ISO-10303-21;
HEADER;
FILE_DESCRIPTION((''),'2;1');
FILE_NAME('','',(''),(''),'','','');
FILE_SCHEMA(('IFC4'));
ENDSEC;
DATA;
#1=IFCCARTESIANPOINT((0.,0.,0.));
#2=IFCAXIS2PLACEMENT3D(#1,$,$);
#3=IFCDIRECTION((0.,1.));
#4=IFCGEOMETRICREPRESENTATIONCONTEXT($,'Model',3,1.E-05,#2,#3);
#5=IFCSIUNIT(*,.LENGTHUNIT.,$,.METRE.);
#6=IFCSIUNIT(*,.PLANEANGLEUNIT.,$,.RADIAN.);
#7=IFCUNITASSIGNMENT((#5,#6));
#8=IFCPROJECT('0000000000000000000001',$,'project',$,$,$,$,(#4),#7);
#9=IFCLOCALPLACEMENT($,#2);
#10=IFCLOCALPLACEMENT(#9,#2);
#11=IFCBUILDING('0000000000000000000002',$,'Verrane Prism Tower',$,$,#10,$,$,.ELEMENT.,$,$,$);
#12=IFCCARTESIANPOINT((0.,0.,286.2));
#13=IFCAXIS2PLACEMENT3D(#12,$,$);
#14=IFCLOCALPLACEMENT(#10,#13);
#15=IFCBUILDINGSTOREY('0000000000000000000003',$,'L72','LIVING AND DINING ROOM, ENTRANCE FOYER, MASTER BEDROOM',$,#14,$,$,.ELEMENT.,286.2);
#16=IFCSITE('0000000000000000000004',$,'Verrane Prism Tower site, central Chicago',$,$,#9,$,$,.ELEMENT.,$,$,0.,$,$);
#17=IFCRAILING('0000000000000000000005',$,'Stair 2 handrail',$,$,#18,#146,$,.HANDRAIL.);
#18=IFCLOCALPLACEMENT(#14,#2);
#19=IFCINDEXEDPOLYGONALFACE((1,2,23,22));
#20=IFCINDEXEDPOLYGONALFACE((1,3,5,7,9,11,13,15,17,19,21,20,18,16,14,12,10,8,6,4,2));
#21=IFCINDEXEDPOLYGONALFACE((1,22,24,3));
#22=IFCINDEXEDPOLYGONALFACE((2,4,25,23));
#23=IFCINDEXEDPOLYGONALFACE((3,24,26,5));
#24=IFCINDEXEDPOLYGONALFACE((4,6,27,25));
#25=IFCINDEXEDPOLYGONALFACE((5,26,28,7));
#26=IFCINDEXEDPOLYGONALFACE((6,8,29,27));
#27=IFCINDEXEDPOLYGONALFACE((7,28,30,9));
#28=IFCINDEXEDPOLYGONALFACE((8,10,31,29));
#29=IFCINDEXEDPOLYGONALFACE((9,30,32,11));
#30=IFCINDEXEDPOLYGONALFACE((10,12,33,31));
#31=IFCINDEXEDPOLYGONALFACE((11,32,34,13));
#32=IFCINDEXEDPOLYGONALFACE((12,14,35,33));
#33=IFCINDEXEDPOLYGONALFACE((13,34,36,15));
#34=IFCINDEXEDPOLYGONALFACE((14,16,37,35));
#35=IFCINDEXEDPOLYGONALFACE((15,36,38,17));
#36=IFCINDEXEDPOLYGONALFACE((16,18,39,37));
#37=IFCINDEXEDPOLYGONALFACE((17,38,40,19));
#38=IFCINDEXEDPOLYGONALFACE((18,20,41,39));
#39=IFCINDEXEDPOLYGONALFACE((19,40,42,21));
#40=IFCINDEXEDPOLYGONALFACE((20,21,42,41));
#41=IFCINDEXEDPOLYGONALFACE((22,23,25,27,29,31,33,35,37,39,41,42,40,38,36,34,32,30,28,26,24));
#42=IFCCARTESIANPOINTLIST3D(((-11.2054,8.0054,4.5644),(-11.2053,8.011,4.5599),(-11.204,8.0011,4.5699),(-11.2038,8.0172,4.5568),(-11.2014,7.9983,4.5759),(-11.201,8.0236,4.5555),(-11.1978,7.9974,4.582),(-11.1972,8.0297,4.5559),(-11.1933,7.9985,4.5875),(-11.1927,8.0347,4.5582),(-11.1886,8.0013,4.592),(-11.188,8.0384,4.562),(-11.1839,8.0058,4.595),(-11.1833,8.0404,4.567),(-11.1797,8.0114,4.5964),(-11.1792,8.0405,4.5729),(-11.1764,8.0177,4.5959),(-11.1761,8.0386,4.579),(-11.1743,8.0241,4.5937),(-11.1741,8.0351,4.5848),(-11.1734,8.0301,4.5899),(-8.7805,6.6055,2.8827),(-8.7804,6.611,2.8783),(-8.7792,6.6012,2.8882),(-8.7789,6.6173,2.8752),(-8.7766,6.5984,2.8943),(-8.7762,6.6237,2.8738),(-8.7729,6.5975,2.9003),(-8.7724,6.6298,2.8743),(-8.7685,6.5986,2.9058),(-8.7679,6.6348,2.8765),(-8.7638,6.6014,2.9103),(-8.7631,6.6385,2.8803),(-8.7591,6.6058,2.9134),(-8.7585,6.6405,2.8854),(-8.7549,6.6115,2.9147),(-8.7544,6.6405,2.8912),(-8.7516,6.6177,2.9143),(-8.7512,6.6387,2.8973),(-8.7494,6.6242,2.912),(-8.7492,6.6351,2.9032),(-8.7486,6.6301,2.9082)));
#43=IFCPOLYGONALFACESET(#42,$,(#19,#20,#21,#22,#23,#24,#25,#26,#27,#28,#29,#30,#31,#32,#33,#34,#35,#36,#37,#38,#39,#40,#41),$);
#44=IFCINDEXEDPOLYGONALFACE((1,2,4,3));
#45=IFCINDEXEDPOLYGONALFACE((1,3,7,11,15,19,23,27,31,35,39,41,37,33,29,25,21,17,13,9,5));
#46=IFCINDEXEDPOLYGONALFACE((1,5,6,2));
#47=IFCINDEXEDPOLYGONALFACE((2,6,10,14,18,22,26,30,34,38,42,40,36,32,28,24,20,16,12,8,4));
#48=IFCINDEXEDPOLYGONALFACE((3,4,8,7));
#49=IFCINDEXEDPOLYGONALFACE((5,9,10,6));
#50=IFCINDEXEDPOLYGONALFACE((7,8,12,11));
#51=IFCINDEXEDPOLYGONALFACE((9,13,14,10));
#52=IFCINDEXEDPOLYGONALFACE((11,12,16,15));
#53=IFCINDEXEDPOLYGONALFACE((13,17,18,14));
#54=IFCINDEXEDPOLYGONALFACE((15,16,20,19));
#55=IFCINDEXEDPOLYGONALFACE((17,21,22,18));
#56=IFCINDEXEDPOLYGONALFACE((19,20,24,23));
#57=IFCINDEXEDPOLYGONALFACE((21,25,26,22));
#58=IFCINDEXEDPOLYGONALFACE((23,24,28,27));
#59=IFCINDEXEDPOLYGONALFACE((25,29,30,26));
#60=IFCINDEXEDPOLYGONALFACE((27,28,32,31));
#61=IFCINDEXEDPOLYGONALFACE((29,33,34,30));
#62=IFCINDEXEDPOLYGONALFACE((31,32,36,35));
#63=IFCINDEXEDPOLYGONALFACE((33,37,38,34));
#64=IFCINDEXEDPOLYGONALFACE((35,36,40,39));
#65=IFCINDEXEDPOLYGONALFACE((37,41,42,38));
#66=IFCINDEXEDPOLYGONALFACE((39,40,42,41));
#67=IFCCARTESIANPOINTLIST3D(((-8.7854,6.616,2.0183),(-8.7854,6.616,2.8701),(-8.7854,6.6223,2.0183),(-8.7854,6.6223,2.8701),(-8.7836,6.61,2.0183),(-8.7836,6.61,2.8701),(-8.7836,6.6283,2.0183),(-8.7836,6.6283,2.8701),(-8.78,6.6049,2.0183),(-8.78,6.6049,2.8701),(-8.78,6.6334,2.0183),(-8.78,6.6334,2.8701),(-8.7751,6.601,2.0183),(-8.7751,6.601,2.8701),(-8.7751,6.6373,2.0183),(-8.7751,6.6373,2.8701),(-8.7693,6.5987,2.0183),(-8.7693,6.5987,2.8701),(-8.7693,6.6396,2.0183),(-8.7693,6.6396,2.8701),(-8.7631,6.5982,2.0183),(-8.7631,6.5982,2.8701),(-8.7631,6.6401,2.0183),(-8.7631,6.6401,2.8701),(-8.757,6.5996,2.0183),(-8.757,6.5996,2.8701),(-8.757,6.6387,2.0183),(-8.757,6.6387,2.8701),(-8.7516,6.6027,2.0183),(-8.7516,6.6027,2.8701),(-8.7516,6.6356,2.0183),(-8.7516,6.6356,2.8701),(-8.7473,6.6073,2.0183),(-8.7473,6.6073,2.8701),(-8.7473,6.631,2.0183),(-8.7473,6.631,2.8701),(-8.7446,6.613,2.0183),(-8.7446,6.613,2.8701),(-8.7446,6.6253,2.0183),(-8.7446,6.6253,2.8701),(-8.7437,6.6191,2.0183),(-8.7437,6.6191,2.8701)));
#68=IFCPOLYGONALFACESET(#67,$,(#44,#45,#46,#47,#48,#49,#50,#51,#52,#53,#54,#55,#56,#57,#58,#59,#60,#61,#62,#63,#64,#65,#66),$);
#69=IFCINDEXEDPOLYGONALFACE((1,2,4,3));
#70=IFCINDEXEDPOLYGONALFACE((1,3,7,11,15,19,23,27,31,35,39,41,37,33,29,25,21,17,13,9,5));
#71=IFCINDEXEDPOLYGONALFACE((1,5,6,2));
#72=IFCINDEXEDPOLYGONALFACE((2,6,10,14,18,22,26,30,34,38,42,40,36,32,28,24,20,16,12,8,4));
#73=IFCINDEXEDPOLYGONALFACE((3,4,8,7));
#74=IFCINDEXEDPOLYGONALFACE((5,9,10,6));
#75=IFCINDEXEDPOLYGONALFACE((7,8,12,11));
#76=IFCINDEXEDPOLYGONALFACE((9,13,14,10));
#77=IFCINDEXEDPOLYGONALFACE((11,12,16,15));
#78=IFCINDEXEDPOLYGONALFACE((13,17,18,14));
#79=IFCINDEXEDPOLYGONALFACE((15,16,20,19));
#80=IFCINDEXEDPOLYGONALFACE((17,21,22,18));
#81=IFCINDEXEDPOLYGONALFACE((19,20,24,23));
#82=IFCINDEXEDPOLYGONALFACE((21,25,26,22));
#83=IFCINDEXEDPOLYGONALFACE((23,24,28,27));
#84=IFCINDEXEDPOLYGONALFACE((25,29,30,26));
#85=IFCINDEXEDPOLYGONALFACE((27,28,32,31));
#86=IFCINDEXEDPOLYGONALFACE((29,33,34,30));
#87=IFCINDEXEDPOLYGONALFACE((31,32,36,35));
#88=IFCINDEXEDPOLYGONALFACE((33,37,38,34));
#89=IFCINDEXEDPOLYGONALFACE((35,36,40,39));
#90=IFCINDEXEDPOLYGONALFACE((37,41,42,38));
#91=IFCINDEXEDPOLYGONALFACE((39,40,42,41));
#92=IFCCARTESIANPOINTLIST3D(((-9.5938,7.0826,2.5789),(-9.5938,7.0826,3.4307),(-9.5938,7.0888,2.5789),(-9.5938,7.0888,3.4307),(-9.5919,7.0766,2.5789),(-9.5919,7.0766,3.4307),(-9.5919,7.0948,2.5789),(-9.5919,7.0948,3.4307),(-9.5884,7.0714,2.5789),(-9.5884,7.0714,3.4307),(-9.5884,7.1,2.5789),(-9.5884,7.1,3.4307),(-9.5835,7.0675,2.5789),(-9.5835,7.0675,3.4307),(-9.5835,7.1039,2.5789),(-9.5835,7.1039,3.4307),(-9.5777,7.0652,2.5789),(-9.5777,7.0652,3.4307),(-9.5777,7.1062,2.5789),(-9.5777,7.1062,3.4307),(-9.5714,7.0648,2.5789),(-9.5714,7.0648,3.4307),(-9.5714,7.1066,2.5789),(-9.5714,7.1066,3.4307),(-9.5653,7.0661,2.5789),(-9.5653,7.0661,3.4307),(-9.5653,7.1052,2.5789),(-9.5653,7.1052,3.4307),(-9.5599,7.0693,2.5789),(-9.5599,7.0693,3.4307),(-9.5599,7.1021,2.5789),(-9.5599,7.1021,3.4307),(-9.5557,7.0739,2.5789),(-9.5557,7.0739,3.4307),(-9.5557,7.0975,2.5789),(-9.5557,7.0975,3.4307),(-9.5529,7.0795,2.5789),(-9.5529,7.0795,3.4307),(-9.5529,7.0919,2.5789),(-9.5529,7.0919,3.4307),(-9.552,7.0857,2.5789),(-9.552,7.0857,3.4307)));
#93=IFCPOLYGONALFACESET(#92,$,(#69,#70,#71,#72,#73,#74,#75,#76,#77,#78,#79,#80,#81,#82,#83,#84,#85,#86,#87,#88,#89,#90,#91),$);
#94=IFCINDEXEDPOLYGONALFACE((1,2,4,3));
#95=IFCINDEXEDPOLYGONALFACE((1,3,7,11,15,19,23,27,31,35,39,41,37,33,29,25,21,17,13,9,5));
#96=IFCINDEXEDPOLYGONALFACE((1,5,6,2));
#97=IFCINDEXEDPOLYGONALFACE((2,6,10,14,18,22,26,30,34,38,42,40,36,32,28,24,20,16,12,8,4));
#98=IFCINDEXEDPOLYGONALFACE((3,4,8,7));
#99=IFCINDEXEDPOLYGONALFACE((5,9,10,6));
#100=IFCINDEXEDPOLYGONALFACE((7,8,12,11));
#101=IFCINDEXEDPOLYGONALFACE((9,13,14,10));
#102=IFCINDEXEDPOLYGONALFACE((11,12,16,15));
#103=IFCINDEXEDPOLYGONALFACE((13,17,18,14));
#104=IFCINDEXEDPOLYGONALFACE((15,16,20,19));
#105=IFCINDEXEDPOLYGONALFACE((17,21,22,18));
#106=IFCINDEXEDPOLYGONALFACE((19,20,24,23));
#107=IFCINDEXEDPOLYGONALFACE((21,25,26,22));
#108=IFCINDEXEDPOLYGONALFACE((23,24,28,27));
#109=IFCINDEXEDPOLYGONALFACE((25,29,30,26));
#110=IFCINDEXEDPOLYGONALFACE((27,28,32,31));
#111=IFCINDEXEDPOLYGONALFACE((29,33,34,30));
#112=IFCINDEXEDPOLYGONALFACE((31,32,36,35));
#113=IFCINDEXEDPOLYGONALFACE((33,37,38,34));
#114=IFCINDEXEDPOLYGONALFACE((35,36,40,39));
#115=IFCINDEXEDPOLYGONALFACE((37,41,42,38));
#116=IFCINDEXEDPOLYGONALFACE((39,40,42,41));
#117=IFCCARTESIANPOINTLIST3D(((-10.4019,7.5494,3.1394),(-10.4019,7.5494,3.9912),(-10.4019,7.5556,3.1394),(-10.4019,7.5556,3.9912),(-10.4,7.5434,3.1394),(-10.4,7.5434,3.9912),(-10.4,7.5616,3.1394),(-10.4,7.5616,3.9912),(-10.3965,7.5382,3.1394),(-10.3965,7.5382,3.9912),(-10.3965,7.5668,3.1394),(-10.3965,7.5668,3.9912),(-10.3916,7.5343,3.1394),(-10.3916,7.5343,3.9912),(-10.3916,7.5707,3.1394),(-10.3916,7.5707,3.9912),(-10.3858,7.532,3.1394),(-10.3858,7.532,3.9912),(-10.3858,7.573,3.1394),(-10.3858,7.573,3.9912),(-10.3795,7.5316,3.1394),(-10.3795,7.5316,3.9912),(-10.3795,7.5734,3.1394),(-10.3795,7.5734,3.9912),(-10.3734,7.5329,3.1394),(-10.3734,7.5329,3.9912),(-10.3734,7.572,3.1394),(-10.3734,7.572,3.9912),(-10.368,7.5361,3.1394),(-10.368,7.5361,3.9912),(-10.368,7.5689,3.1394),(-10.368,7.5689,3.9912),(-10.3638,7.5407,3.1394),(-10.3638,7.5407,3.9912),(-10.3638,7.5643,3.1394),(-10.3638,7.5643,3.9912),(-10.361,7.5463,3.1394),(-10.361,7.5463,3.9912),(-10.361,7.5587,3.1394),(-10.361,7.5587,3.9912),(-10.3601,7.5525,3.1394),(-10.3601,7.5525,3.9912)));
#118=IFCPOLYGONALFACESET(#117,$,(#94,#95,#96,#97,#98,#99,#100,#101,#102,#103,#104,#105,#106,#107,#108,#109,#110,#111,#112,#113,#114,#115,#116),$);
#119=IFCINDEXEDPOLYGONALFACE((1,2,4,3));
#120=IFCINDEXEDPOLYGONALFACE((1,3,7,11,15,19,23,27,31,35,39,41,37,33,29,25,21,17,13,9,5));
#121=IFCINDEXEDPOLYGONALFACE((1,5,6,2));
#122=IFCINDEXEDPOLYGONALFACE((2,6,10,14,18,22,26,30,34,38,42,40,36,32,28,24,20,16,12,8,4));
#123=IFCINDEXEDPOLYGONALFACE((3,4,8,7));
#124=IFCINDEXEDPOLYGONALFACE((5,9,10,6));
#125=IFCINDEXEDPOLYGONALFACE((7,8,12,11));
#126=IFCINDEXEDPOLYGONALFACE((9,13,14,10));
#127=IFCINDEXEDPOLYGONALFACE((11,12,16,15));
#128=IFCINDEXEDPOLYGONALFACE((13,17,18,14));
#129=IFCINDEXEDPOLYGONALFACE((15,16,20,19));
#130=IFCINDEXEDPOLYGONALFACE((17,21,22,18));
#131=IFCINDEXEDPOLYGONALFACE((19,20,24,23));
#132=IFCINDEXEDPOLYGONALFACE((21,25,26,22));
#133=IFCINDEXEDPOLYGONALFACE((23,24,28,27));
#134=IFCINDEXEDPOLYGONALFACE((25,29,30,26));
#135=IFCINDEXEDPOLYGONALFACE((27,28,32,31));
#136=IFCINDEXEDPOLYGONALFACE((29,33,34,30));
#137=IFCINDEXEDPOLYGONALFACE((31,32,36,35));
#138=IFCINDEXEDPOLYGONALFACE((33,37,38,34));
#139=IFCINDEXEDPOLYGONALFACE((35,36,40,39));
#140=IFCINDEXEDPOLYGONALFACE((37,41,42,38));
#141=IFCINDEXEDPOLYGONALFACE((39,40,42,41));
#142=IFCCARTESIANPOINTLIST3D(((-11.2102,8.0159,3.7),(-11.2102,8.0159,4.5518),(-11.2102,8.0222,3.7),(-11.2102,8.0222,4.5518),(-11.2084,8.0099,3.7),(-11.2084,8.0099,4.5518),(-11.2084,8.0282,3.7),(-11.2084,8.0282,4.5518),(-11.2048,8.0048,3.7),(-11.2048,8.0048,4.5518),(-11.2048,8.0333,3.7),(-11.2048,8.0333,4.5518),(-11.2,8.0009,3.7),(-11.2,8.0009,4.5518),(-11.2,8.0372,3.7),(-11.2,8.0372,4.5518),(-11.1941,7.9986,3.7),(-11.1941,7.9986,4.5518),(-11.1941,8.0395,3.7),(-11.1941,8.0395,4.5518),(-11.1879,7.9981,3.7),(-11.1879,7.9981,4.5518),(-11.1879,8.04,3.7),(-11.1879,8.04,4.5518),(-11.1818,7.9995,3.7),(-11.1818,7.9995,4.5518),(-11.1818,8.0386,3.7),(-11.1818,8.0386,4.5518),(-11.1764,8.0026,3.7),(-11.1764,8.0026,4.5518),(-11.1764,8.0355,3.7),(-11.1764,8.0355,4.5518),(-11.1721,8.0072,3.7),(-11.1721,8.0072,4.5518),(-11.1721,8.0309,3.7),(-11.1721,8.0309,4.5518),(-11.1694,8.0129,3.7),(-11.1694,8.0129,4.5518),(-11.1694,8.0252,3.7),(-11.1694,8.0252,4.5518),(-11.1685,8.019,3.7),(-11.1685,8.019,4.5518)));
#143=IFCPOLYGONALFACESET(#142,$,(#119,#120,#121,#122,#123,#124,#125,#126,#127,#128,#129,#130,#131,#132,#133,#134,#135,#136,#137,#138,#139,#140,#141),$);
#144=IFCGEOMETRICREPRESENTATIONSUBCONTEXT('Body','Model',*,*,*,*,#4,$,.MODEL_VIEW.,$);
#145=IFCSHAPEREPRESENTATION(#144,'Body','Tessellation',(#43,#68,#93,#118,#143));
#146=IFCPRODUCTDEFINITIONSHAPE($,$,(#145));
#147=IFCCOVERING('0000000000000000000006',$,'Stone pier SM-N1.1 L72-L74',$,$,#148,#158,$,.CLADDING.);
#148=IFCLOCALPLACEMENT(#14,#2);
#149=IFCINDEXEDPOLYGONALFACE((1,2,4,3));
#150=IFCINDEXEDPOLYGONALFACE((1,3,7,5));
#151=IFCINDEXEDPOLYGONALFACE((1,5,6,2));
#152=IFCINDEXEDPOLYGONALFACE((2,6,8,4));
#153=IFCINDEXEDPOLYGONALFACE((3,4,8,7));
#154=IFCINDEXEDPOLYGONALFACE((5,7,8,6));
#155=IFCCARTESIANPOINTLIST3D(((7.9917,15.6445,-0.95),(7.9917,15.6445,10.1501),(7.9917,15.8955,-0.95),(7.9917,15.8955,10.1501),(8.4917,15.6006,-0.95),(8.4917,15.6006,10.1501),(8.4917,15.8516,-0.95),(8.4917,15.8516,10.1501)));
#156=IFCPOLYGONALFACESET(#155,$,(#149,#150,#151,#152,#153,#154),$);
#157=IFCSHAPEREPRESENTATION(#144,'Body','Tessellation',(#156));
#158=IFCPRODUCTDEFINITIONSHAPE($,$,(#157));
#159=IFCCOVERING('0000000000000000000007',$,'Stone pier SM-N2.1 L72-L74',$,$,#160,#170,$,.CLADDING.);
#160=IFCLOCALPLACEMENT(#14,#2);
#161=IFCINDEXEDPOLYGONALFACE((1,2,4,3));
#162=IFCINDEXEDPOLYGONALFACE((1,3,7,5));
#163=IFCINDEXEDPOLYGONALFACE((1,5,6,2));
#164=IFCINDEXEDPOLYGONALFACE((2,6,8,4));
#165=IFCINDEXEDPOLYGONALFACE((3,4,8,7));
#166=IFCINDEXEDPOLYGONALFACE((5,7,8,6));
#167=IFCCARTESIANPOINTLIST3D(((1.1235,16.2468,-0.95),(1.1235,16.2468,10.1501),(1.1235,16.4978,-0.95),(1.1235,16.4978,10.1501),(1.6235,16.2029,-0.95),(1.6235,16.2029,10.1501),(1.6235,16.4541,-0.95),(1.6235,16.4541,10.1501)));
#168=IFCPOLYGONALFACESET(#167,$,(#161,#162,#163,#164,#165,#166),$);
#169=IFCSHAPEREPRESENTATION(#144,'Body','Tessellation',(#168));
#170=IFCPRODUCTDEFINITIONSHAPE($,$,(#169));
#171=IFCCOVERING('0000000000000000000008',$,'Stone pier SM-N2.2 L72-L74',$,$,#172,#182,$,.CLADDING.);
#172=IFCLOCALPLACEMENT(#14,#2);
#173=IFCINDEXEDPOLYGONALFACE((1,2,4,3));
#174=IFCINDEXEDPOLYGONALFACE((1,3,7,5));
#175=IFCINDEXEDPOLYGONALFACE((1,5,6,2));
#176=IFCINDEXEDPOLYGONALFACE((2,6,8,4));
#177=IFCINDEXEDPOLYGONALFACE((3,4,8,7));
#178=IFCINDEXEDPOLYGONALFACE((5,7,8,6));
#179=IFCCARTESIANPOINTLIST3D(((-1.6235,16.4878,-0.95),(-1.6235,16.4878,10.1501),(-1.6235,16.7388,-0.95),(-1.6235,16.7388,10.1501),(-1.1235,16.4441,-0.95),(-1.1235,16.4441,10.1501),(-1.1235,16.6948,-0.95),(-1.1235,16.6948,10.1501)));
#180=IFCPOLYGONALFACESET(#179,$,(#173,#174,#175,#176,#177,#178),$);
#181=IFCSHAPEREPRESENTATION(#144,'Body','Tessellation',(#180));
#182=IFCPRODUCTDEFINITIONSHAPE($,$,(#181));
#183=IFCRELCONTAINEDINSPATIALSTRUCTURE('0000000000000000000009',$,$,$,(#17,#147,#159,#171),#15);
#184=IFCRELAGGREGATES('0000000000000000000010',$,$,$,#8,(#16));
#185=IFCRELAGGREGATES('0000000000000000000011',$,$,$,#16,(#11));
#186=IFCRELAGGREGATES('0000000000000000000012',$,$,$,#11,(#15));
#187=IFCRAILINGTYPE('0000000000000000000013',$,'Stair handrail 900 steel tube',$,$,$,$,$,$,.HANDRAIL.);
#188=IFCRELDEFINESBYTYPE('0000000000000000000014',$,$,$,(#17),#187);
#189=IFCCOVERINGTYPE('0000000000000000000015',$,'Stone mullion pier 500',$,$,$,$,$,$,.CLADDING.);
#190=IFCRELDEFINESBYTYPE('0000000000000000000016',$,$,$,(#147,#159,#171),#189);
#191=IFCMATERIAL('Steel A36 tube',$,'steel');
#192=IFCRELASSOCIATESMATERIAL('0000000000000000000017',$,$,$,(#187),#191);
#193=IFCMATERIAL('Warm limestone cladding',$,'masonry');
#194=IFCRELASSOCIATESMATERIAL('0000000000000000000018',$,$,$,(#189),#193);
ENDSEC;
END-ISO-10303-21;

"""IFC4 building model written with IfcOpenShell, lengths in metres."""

from ifc_helpers import new_model, si_unit, direction, frame, origin, origin_2d, place, context, subcontext, project, spatial, polyline, circle, outline, extrude, material, type_object, element, save


model = new_model("IFC4")

# Units and contexts
model_context = context("Model", 3, precision=1e-05, world=origin(), true_north=direction((0.0, 1.0)))
body_context = subcontext(model_context, "Body", "Model", "MODEL_VIEW")
ifc_project = project(units=[si_unit("LENGTHUNIT", "METRE"), si_unit("PLANEANGLEUNIT", "RADIAN")], contexts=[model_context])

# Site, building, storey
site_placement = place(None, origin())
site = spatial("IfcSite", under=ifc_project, at=site_placement, Name="Verrane Prism Tower site, central Chicago", CompositionType="ELEMENT", RefElevation=0.0)
building_placement = place(site_placement, origin())
building = spatial("IfcBuilding", under=site, at=building_placement, Name="Verrane Prism Tower", CompositionType="ELEMENT")
storey_placement = place(building_placement, frame((0.0, 0.0, 286.2)))
storey = spatial("IfcBuildingStorey", under=building, at=storey_placement, Name="L72", Description="LIVING AND DINING ROOM, ENTRANCE FOYER, MASTER BEDROOM", CompositionType="ELEMENT", Elevation=286.2)

# Railing
ifc_material_1 = material(Name="Steel A36 tube", Category="steel")
railing_type_1 = type_object("IfcRailingType", Name="Stair handrail 900 steel tube", PredefinedType="HANDRAIL", material=ifc_material_1)
railing_1_placement = place(storey_placement, frame((-8.7646, 6.6191, 2.0183)))
element("IfcRailing", 1, at=railing_1_placement, inside=storey, type_object=railing_type_1, Name="Stair 2 handrail", PredefinedType="HANDRAIL", context=body_context, shape_type="SweptSolid", body=[
    extrude(circle(Radius=0.0239, at=origin_2d()), frame((0.0, 0.0, 0.876), z_axis=(-0.742419, 0.428618, 0.514879), x_axis=(-0.499984, -0.866035, 0.0)), (0.0, 0.0, 1.0), 3.2661),
    extrude(circle(Radius=0.021, at=origin_2d()), origin(), (0.0, 0.0, 1.0), 0.8518),
    extrude(circle(Radius=0.021, at=origin_2d()), frame((-0.8083, 0.4666, 0.5605)), (0.0, 0.0, 1.0), 0.8518),
    extrude(circle(Radius=0.021, at=origin_2d()), frame((-1.6165, 0.9333, 1.1211)), (0.0, 0.0, 1.0), 0.8518),
    extrude(circle(Radius=0.021, at=origin_2d()), frame((-2.4248, 1.3999, 1.6816)), (0.0, 0.0, 1.0), 0.8518),
])

# Coverings
ifc_material_2 = material(Name="Warm limestone cladding", Category="masonry")
covering_type = type_object("IfcCoveringType", Name="Stone mullion pier 500", PredefinedType="CLADDING", material=ifc_material_2)
covering_1_placement = place(storey_placement, frame((0.0, 0.0, -0.95)))
element("IfcCovering", 2, at=covering_1_placement, inside=storey, type_object=covering_type, Name="Stone pier SM-N1.1 L72-L74", PredefinedType="CLADDING", context=body_context, shape_type="SweptSolid", body=[
    extrude(outline(polyline([(7.9917, 15.6445), (8.4917, 15.6006), (8.4917, 15.8516), (7.9917, 15.8955), (7.9917, 15.6445)])), origin(), (0.0, 0.0, 1.0), 11.1001),
])
covering_2_placement = place(storey_placement, frame((0.0, 0.0, -0.95)))
element("IfcCovering", 3, at=covering_2_placement, inside=storey, type_object=covering_type, Name="Stone pier SM-N2.1 L72-L74", PredefinedType="CLADDING", context=body_context, shape_type="SweptSolid", body=[
    extrude(outline(polyline([(1.1235, 16.2468), (1.6235, 16.2029), (1.6235, 16.4541), (1.1235, 16.4978), (1.1235, 16.2468)])), origin(), (0.0, 0.0, 1.0), 11.1001),
])
covering_3_placement = place(storey_placement, frame((0.0, 0.0, -0.95)))
element("IfcCovering", 4, at=covering_3_placement, inside=storey, type_object=covering_type, Name="Stone pier SM-N2.2 L72-L74", PredefinedType="CLADDING", context=body_context, shape_type="SweptSolid", body=[
    extrude(outline(polyline([(-1.6235, 16.4878), (-1.1235, 16.4441), (-1.1235, 16.6948), (-1.6235, 16.7388), (-1.6235, 16.4878)])), origin(), (0.0, 0.0, 1.0), 11.1001),
])

save(model, "model.ifc")
